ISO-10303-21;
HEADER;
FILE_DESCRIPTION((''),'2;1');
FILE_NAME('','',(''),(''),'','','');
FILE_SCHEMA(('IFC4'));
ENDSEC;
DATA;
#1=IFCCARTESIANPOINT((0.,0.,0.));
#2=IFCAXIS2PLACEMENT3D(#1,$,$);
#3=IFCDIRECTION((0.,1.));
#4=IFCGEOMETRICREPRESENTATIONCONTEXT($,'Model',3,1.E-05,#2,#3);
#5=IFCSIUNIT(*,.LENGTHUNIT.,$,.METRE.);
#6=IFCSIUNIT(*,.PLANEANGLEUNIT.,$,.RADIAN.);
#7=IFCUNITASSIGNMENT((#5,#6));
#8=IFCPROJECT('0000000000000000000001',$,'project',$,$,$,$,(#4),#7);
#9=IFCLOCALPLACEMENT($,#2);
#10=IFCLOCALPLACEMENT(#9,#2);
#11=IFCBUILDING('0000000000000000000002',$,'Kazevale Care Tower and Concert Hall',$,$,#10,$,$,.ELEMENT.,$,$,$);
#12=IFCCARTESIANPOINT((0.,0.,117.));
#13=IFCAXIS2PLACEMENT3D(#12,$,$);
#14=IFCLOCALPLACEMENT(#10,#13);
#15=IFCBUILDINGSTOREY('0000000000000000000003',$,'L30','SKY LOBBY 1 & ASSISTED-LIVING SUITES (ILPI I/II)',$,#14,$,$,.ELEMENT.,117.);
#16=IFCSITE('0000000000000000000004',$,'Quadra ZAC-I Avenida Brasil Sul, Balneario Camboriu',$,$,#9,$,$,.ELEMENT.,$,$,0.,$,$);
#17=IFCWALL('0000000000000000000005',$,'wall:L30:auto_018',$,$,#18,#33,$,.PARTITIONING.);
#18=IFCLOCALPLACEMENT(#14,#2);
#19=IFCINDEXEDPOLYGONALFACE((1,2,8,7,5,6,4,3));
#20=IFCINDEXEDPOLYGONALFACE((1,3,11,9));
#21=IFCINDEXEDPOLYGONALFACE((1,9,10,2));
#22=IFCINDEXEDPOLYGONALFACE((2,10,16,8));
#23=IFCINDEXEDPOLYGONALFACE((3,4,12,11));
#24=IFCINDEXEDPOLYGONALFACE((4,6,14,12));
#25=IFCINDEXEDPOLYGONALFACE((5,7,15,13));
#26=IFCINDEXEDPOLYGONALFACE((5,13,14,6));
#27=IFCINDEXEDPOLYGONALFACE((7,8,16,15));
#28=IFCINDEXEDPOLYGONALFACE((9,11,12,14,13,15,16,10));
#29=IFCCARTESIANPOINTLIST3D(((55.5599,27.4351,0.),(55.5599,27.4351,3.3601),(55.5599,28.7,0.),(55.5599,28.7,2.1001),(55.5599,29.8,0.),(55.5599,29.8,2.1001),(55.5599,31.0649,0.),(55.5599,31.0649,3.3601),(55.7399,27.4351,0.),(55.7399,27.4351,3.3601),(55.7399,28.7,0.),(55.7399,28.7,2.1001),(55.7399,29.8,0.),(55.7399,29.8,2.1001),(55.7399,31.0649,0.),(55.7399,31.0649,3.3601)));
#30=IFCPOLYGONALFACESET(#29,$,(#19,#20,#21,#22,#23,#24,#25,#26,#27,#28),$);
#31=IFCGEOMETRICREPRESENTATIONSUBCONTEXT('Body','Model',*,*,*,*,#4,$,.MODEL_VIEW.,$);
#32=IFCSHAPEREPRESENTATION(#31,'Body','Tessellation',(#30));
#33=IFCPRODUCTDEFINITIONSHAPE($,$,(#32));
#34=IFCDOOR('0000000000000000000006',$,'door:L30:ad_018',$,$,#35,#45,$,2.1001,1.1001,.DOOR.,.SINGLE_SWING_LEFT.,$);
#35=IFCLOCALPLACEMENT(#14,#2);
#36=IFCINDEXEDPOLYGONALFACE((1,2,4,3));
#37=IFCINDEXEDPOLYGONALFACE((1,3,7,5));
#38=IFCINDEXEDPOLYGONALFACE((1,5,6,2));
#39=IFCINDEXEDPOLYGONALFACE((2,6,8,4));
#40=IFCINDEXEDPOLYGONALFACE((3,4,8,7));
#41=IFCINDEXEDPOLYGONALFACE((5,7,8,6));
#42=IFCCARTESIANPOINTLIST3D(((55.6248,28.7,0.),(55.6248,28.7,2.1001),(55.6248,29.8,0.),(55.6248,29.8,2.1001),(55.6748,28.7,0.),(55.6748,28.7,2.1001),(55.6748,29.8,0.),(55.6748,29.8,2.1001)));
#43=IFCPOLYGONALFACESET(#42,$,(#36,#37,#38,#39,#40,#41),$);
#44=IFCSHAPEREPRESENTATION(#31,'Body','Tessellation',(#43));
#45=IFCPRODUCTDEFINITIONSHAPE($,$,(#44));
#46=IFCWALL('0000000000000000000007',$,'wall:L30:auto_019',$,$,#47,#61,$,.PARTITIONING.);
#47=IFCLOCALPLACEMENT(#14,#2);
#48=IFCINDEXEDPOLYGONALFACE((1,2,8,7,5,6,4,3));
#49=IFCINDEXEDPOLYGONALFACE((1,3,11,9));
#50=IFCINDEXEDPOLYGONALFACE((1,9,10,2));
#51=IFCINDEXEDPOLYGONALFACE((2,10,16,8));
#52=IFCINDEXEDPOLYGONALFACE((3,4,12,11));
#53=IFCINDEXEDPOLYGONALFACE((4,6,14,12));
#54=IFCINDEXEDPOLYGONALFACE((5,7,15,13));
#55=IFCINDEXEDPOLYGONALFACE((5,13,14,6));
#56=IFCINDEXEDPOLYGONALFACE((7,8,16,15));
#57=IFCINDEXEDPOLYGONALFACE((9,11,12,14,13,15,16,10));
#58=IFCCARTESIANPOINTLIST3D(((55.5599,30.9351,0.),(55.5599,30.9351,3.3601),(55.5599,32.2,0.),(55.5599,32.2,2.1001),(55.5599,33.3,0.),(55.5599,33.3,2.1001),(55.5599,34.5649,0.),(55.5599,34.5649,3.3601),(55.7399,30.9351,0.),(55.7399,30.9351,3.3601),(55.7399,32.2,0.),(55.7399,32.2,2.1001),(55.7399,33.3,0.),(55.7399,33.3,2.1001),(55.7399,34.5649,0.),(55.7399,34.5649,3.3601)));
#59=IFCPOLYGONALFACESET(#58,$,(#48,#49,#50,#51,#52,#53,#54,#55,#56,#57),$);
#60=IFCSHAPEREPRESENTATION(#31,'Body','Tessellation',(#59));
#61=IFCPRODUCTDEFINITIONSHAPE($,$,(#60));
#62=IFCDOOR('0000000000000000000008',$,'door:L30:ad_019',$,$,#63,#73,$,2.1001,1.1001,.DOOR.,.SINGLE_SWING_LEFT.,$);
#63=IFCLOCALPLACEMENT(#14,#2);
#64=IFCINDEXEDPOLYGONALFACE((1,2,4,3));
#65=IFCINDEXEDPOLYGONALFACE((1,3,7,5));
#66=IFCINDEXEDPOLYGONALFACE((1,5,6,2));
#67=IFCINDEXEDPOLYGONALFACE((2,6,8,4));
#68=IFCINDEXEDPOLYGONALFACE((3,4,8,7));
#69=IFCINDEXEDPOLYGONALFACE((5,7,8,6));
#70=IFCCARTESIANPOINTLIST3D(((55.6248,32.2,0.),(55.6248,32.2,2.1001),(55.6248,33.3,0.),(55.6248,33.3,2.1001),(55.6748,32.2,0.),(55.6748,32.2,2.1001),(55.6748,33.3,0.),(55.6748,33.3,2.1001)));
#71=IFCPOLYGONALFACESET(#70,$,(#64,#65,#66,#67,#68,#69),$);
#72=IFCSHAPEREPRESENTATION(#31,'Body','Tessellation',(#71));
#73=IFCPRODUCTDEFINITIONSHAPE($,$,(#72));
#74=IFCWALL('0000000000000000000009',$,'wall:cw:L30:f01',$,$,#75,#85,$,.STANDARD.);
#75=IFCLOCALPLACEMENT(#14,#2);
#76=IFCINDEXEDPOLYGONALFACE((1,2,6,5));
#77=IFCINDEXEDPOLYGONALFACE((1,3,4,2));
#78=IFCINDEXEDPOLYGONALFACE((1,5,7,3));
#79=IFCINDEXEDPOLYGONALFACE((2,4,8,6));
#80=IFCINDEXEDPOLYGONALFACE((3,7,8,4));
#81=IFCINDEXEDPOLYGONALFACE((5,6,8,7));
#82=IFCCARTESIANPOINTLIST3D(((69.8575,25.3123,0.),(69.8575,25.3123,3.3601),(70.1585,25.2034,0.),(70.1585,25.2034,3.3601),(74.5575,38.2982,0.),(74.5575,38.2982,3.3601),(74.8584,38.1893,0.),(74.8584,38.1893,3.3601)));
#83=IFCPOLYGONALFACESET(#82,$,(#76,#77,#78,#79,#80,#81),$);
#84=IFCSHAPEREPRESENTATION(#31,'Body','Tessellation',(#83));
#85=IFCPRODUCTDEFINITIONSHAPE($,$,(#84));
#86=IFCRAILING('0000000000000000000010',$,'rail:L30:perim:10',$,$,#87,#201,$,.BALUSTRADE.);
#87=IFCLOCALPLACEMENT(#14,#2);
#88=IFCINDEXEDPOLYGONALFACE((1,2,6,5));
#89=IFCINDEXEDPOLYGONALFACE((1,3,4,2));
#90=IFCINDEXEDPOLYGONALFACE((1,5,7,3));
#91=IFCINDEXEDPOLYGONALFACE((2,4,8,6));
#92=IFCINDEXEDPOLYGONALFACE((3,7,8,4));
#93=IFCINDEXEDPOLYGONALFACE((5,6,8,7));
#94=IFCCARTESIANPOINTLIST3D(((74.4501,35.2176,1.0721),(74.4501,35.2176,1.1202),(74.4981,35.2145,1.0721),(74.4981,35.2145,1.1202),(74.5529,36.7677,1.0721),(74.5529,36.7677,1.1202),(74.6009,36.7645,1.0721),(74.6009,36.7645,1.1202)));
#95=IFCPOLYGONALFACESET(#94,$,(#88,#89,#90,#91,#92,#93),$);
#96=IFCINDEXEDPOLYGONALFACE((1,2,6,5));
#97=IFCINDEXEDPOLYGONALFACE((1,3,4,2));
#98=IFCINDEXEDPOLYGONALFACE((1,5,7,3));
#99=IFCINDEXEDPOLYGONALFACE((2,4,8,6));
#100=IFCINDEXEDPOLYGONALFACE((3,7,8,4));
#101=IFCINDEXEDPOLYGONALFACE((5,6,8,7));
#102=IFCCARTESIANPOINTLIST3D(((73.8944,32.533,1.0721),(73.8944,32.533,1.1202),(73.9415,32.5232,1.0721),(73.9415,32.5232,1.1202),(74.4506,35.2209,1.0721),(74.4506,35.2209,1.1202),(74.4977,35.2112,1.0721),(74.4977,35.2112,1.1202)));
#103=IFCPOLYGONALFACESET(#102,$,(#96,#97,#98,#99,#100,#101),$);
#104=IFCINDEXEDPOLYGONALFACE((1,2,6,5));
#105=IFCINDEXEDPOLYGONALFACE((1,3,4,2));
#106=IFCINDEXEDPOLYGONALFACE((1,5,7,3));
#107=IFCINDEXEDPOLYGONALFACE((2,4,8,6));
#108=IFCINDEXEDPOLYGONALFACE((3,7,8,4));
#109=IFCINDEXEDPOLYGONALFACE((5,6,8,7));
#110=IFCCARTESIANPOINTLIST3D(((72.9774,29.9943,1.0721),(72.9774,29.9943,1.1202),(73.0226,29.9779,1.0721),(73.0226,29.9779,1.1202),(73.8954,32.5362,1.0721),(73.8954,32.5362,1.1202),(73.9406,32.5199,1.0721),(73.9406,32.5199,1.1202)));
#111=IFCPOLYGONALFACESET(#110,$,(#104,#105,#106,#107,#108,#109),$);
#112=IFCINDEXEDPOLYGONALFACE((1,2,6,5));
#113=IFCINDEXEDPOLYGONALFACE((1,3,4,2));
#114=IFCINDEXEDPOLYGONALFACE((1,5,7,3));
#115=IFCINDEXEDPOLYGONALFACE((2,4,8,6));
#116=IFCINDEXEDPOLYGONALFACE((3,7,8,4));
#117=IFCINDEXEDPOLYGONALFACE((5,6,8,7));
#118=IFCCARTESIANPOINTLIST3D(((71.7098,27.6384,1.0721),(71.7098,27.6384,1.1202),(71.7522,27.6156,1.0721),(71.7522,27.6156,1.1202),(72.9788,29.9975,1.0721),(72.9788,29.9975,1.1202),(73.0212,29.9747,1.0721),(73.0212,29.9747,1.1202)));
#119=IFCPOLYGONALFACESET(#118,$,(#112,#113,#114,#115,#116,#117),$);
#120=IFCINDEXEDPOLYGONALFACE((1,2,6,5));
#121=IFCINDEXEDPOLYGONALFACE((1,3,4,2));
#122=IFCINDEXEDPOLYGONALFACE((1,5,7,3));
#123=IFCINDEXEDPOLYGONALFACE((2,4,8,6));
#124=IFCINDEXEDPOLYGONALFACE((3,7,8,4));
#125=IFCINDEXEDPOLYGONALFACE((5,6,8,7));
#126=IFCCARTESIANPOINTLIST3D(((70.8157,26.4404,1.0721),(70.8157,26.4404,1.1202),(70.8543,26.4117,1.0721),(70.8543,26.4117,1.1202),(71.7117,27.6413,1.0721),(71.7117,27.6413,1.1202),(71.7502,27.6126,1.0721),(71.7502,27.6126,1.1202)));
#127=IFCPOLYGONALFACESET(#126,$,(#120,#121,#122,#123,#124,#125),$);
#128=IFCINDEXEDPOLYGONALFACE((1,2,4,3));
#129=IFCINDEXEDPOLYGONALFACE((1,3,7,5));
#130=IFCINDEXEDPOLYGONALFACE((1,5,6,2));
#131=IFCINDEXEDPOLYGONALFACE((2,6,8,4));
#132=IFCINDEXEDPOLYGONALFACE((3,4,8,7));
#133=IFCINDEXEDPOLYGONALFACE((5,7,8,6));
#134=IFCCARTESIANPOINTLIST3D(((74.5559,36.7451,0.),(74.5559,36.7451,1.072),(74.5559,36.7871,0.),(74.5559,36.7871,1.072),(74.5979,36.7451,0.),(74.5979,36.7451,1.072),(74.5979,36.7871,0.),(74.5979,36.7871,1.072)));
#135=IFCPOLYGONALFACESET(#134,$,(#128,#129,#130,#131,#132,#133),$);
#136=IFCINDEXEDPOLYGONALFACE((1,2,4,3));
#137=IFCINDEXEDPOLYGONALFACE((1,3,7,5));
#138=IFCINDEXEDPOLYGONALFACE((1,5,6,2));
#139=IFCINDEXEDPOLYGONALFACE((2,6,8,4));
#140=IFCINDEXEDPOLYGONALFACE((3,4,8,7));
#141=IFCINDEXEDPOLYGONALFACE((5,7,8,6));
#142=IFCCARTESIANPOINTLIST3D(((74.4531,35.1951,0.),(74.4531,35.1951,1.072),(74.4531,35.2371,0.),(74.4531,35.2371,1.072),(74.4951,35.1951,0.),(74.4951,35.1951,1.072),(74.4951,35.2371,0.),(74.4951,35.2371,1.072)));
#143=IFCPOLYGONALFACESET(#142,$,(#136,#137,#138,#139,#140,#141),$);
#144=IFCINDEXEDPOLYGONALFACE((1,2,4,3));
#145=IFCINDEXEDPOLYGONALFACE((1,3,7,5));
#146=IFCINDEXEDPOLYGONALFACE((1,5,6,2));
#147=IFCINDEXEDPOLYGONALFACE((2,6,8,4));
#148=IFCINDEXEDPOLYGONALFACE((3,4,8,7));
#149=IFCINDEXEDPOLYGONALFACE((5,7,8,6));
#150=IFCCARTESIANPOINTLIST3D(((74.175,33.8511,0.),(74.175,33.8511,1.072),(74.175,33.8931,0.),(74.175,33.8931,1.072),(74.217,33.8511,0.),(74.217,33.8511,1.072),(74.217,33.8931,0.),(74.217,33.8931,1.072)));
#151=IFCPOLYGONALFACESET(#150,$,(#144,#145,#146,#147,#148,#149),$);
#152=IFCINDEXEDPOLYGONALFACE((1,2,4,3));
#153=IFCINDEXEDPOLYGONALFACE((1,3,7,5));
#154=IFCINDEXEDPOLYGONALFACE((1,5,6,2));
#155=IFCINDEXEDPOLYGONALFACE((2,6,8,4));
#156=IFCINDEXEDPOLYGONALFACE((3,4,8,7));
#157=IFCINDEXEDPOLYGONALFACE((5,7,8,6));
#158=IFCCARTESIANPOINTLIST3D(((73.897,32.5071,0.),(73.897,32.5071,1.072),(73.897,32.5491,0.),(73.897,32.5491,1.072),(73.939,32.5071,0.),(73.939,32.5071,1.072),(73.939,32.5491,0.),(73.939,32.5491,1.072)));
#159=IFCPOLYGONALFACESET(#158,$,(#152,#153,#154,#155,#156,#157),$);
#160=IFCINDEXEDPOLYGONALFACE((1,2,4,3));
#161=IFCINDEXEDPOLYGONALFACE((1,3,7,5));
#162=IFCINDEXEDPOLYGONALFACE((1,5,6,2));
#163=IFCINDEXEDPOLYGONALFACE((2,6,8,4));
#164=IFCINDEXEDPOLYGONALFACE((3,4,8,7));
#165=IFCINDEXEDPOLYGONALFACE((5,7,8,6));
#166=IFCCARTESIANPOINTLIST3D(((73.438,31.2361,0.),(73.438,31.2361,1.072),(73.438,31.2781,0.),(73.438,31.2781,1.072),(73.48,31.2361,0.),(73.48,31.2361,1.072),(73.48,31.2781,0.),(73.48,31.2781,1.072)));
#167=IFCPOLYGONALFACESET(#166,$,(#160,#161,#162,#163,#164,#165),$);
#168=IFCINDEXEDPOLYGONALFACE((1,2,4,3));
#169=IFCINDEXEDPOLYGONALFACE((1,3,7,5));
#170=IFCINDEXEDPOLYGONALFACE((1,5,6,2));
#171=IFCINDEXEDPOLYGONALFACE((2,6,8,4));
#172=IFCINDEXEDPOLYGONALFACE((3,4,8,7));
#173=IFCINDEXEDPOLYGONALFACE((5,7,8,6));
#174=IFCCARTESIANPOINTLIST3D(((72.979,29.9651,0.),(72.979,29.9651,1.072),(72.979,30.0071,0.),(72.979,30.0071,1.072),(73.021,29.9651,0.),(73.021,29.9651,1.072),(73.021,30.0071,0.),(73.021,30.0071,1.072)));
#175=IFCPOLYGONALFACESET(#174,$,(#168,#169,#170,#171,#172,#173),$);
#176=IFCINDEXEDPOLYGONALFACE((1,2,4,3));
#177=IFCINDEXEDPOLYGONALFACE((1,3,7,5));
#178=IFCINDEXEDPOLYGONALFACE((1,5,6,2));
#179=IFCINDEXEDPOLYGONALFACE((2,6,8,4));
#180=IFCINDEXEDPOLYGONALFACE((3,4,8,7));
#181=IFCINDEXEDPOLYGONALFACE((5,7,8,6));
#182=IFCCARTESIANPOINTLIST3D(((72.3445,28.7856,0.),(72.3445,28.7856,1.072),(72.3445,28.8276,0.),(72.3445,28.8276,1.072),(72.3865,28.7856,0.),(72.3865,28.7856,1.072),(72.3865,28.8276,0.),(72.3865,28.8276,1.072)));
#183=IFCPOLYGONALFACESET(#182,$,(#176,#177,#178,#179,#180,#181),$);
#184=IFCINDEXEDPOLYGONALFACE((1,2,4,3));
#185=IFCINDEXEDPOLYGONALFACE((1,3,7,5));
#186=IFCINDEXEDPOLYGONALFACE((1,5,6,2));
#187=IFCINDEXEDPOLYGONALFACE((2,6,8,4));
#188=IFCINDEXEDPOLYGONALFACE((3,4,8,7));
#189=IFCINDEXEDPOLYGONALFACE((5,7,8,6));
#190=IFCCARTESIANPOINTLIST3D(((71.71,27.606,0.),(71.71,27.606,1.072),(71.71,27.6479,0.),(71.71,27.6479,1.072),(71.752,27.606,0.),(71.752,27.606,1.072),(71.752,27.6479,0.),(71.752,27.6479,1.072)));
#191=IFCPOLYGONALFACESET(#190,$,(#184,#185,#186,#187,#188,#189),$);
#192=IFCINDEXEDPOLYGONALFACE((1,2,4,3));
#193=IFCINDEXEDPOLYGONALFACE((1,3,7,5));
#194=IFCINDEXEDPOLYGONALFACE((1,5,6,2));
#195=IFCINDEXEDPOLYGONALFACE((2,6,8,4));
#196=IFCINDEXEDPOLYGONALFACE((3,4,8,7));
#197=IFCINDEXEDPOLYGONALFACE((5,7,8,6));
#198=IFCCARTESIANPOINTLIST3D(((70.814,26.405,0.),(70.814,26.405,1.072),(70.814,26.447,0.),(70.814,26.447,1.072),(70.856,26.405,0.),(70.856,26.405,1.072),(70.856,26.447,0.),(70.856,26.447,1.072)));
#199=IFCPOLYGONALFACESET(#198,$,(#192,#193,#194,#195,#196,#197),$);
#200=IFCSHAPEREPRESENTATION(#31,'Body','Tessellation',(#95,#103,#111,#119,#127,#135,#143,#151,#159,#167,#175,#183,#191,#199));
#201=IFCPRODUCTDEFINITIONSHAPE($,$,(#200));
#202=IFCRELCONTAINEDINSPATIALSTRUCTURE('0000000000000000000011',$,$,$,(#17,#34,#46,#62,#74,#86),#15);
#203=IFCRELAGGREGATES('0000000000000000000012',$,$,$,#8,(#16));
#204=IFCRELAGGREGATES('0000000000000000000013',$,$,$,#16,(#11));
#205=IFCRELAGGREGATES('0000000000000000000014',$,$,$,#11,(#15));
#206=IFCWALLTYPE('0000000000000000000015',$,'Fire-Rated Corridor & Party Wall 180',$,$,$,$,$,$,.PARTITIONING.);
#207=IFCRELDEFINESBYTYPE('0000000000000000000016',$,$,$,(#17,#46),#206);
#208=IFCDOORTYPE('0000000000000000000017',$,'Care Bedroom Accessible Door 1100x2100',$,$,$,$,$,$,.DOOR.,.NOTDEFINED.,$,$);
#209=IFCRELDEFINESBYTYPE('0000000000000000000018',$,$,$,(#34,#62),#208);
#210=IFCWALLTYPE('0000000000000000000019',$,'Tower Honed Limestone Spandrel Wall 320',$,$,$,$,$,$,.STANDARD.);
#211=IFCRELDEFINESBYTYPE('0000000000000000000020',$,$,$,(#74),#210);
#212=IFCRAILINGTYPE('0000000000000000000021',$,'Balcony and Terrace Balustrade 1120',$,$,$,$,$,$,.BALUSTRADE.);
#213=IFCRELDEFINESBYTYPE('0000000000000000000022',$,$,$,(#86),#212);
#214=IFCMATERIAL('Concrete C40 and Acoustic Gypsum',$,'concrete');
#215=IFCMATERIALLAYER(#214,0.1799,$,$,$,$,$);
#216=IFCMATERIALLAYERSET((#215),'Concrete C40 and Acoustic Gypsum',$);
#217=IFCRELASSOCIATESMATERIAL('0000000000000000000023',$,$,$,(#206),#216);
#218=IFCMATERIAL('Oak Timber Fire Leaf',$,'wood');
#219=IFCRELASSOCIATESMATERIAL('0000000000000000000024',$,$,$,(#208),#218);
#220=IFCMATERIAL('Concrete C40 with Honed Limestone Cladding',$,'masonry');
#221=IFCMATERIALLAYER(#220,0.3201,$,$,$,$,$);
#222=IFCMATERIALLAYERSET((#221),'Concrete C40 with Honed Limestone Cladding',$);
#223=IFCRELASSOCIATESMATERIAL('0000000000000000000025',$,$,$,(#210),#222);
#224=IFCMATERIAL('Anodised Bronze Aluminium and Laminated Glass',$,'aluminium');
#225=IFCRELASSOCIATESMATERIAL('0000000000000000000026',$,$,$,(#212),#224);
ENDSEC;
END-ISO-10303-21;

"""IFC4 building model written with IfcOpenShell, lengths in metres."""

from ifc_helpers import new_model, si_unit, direction, frame, frame_2d, origin, origin_2d, place, context, subcontext, project, spatial, rectangle, extrude, material, layer, layer_set, type_object, element, fill, save


model = new_model("IFC4")

# Units and contexts
model_context = context("Model", 3, precision=1e-05, world=origin(), true_north=direction((0.0, 1.0)))
body_context = subcontext(model_context, "Body", "Model", "MODEL_VIEW")
ifc_project = project(units=[si_unit("LENGTHUNIT", "METRE"), si_unit("PLANEANGLEUNIT", "RADIAN")], contexts=[model_context])

# Site, building, storey
site_placement = place(None, origin())
site = spatial("IfcSite", under=ifc_project, at=site_placement, Name="Quadra ZAC-I Avenida Brasil Sul, Balneario Camboriu", CompositionType="ELEMENT", RefElevation=0.0)
building_placement = place(site_placement, origin())
building = spatial("IfcBuilding", under=site, at=building_placement, Name="Kazevale Care Tower and Concert Hall", CompositionType="ELEMENT")
storey_placement = place(building_placement, frame((0.0, 0.0, 117.0)))
storey = spatial("IfcBuildingStorey", under=building, at=storey_placement, Name="L30", Description="SKY LOBBY 1 & ASSISTED-LIVING SUITES (ILPI I/II)", CompositionType="ELEMENT", Elevation=117.0)

# Walls, openings, doors
ifc_material_1 = material(Name="Concrete C40 and Acoustic Gypsum", Category="concrete")
ifc_layer_1 = layer(ifc_material_1, 0.1799)
ifc_layer_set_1 = layer_set([ifc_layer_1], Name="Concrete C40 and Acoustic Gypsum")
wall_type_1 = type_object("IfcWallType", Name="Fire-Rated Corridor & Party Wall 180", PredefinedType="PARTITIONING", material=ifc_layer_set_1)
ifc_material_2 = material(Name="Oak Timber Fire Leaf", Category="wood")
door_type = type_object("IfcDoorType", Name="Care Bedroom Accessible Door 1100x2100", OperationType="NOTDEFINED", PredefinedType="DOOR", material=ifc_material_2)
wall_1_placement = place(storey_placement, frame((55.6499, 31.0649, 0.0), z_axis=(0.0, 0.0, 1.0), x_axis=(0.0, -1.0, 0.0)))
wall_1 = element("IfcWall", 1, at=wall_1_placement, inside=storey, type_object=wall_type_1, Name="wall:L30:auto_018", PredefinedType="PARTITIONING", context=body_context, shape_type="SweptSolid", body=[
    extrude(rectangle(XDim=3.6299, YDim=0.1799, at=frame_2d((1.8149, 0.0))), origin(), (0.0, 0.0, 1.0), 3.3601),
])
opening_1_placement = place(wall_1_placement, frame((1.2649, 0.0, 0.0)))
opening_1 = element("IfcOpeningElement", 2, at=opening_1_placement, cuts=wall_1, PredefinedType="OPENING", context=body_context, shape_type="SweptSolid", body=[
    extrude(rectangle(XDim=1.1001, YDim=2.1001, at=frame_2d((0.55, 1.05))), frame((0.0, 0.0999, 0.0), z_axis=(0.0, -1.0, 0.0), x_axis=(1.0, 0.0, 0.0)), (0.0, 0.0, 1.0), 0.2),
])
door_1_placement = place(opening_1_placement, origin())
door_1 = element("IfcDoor", 3, at=door_1_placement, inside=storey, type_object=door_type, Name="door:L30:ad_018", OperationType="SINGLE_SWING_LEFT", OverallHeight=2.1001, OverallWidth=1.1001, PredefinedType="DOOR", context=body_context, shape_type="SweptSolid", body=[
    extrude(rectangle(XDim=1.1001, YDim=2.1001, at=frame_2d((0.55, 1.05))), frame((0.0, 0.0249, 0.0), z_axis=(0.0, -1.0, 0.0), x_axis=(1.0, 0.0, 0.0)), (0.0, 0.0, 1.0), 0.05),
])
fill(opening_1, door_1)
wall_2_placement = place(storey_placement, frame((55.6499, 34.5649, 0.0), z_axis=(0.0, 0.0, 1.0), x_axis=(0.0, -1.0, 0.0)))
wall_2 = element("IfcWall", 4, at=wall_2_placement, inside=storey, type_object=wall_type_1, Name="wall:L30:auto_019", PredefinedType="PARTITIONING", context=body_context, shape_type="SweptSolid", body=[
    extrude(rectangle(XDim=3.6299, YDim=0.1799, at=frame_2d((1.8149, 0.0))), origin(), (0.0, 0.0, 1.0), 3.3601),
])
opening_2_placement = place(wall_2_placement, frame((1.2649, 0.0, 0.0)))
opening_2 = element("IfcOpeningElement", 5, at=opening_2_placement, cuts=wall_2, PredefinedType="OPENING", context=body_context, shape_type="SweptSolid", body=[
    extrude(rectangle(XDim=1.1001, YDim=2.1001, at=frame_2d((0.55, 1.05))), frame((0.0, 0.0999, 0.0), z_axis=(0.0, -1.0, 0.0), x_axis=(1.0, 0.0, 0.0)), (0.0, 0.0, 1.0), 0.2),
])
door_2_placement = place(opening_2_placement, origin())
door_2 = element("IfcDoor", 6, at=door_2_placement, inside=storey, type_object=door_type, Name="door:L30:ad_019", OperationType="SINGLE_SWING_LEFT", OverallHeight=2.1001, OverallWidth=1.1001, PredefinedType="DOOR", context=body_context, shape_type="SweptSolid", body=[
    extrude(rectangle(XDim=1.1001, YDim=2.1001, at=frame_2d((0.55, 1.05))), frame((0.0, 0.0249, 0.0), z_axis=(0.0, -1.0, 0.0), x_axis=(1.0, 0.0, 0.0)), (0.0, 0.0, 1.0), 0.05),
])
fill(opening_2, door_2)

# Wall
ifc_material_3 = material(Name="Concrete C40 with Honed Limestone Cladding", Category="masonry")
ifc_layer_2 = layer(ifc_material_3, 0.3201)
ifc_layer_set_2 = layer_set([ifc_layer_2], Name="Concrete C40 with Honed Limestone Cladding")
wall_type_2 = type_object("IfcWallType", Name="Tower Honed Limestone Spandrel Wall 320", PredefinedType="STANDARD", material=ifc_layer_set_2)
wall_3_placement = place(storey_placement, frame((74.708, 38.2439, 0.0), z_axis=(0.0, 0.0, 1.0), x_axis=(-0.340325, -0.940308, 0.0)))
element("IfcWall", 7, at=wall_3_placement, inside=storey, type_object=wall_type_2, Name="wall:cw:L30:f01", PredefinedType="STANDARD", context=body_context, shape_type="SweptSolid", body=[
    extrude(rectangle(XDim=13.8103, YDim=0.3201, at=frame_2d((6.9053, 0.0))), origin(), (0.0, 0.0, 1.0), 3.3601),
])

# Railing
ifc_material_4 = material(Name="Anodised Bronze Aluminium and Laminated Glass", Category="aluminium")
railing_type = type_object("IfcRailingType", Name="Balcony and Terrace Balustrade 1120", PredefinedType="BALUSTRADE", material=ifc_material_4)
railing_placement = place(storey_placement, frame((74.5769, 36.7661, 0.0)))
element("IfcRailing", 8, at=railing_placement, inside=storey, type_object=railing_type, Name="rail:L30:perim:10", PredefinedType="BALUSTRADE", context=body_context, shape_type="SweptSolid", body=[
    extrude(rectangle(XDim=0.0481, YDim=0.0481, at=origin_2d()), frame((0.0, 0.0, 1.0962), z_axis=(-0.066164, -0.997809, 0.0), x_axis=(0.997809, -0.066164, 0.0)), (0.0, 0.0, 1.0), 1.5535),
    extrude(rectangle(XDim=0.0481, YDim=0.0481, at=origin_2d()), frame((-0.1028, -1.55, 1.0962), z_axis=(-0.202611, -0.979259, 0.0), x_axis=(0.979259, -0.202611, 0.0)), (0.0, 0.0, 1.0), 2.7449),
    extrude(rectangle(XDim=0.0481, YDim=0.0481, at=origin_2d()), frame((-0.6589, -4.238, 1.0962), z_axis=(-0.339653, -0.940551, 0.0), x_axis=(0.940551, -0.339653, 0.0)), (0.0, 0.0, 1.0), 2.7026),
    extrude(rectangle(XDim=0.0481, YDim=0.0481, at=origin_2d()), frame((-1.5769, -6.78, 1.0962), z_axis=(-0.473736, -0.880667, 0.0), x_axis=(0.880667, -0.473736, 0.0)), (0.0, 0.0, 1.0), 2.6787),
    extrude(rectangle(XDim=0.0481, YDim=0.0481, at=origin_2d()), frame((-2.8459, -9.1392, 1.0962), z_axis=(-0.597991, -0.801503, 0.0), x_axis=(0.801503, -0.597991, 0.0)), (0.0, 0.0, 1.0), 1.4983),
    extrude(rectangle(XDim=0.042, YDim=0.042, at=origin_2d()), origin(), (0.0, 0.0, 1.0), 1.072),
    extrude(rectangle(XDim=0.042, YDim=0.042, at=origin_2d()), frame((-0.1028, -1.55, 0.0)), (0.0, 0.0, 1.0), 1.072),
    extrude(rectangle(XDim=0.042, YDim=0.042, at=origin_2d()), frame((-0.3809, -2.894, 0.0)), (0.0, 0.0, 1.0), 1.072),
    extrude(rectangle(XDim=0.042, YDim=0.042, at=origin_2d()), frame((-0.6589, -4.238, 0.0)), (0.0, 0.0, 1.0), 1.072),
    extrude(rectangle(XDim=0.042, YDim=0.042, at=origin_2d()), frame((-1.1179, -5.509, 0.0)), (0.0, 0.0, 1.0), 1.072),
    extrude(rectangle(XDim=0.042, YDim=0.042, at=origin_2d()), frame((-1.5769, -6.78, 0.0)), (0.0, 0.0, 1.0), 1.072),
    extrude(rectangle(XDim=0.042, YDim=0.042, at=origin_2d()), frame((-2.2114, -7.9595, 0.0)), (0.0, 0.0, 1.0), 1.072),
    extrude(rectangle(XDim=0.042, YDim=0.042, at=origin_2d()), frame((-2.8459, -9.1392, 0.0)), (0.0, 0.0, 1.0), 1.072),
    extrude(rectangle(XDim=0.042, YDim=0.042, at=origin_2d()), frame((-3.7419, -10.3401, 0.0)), (0.0, 0.0, 1.0), 1.072),
])

save(model, "model.ifc")
